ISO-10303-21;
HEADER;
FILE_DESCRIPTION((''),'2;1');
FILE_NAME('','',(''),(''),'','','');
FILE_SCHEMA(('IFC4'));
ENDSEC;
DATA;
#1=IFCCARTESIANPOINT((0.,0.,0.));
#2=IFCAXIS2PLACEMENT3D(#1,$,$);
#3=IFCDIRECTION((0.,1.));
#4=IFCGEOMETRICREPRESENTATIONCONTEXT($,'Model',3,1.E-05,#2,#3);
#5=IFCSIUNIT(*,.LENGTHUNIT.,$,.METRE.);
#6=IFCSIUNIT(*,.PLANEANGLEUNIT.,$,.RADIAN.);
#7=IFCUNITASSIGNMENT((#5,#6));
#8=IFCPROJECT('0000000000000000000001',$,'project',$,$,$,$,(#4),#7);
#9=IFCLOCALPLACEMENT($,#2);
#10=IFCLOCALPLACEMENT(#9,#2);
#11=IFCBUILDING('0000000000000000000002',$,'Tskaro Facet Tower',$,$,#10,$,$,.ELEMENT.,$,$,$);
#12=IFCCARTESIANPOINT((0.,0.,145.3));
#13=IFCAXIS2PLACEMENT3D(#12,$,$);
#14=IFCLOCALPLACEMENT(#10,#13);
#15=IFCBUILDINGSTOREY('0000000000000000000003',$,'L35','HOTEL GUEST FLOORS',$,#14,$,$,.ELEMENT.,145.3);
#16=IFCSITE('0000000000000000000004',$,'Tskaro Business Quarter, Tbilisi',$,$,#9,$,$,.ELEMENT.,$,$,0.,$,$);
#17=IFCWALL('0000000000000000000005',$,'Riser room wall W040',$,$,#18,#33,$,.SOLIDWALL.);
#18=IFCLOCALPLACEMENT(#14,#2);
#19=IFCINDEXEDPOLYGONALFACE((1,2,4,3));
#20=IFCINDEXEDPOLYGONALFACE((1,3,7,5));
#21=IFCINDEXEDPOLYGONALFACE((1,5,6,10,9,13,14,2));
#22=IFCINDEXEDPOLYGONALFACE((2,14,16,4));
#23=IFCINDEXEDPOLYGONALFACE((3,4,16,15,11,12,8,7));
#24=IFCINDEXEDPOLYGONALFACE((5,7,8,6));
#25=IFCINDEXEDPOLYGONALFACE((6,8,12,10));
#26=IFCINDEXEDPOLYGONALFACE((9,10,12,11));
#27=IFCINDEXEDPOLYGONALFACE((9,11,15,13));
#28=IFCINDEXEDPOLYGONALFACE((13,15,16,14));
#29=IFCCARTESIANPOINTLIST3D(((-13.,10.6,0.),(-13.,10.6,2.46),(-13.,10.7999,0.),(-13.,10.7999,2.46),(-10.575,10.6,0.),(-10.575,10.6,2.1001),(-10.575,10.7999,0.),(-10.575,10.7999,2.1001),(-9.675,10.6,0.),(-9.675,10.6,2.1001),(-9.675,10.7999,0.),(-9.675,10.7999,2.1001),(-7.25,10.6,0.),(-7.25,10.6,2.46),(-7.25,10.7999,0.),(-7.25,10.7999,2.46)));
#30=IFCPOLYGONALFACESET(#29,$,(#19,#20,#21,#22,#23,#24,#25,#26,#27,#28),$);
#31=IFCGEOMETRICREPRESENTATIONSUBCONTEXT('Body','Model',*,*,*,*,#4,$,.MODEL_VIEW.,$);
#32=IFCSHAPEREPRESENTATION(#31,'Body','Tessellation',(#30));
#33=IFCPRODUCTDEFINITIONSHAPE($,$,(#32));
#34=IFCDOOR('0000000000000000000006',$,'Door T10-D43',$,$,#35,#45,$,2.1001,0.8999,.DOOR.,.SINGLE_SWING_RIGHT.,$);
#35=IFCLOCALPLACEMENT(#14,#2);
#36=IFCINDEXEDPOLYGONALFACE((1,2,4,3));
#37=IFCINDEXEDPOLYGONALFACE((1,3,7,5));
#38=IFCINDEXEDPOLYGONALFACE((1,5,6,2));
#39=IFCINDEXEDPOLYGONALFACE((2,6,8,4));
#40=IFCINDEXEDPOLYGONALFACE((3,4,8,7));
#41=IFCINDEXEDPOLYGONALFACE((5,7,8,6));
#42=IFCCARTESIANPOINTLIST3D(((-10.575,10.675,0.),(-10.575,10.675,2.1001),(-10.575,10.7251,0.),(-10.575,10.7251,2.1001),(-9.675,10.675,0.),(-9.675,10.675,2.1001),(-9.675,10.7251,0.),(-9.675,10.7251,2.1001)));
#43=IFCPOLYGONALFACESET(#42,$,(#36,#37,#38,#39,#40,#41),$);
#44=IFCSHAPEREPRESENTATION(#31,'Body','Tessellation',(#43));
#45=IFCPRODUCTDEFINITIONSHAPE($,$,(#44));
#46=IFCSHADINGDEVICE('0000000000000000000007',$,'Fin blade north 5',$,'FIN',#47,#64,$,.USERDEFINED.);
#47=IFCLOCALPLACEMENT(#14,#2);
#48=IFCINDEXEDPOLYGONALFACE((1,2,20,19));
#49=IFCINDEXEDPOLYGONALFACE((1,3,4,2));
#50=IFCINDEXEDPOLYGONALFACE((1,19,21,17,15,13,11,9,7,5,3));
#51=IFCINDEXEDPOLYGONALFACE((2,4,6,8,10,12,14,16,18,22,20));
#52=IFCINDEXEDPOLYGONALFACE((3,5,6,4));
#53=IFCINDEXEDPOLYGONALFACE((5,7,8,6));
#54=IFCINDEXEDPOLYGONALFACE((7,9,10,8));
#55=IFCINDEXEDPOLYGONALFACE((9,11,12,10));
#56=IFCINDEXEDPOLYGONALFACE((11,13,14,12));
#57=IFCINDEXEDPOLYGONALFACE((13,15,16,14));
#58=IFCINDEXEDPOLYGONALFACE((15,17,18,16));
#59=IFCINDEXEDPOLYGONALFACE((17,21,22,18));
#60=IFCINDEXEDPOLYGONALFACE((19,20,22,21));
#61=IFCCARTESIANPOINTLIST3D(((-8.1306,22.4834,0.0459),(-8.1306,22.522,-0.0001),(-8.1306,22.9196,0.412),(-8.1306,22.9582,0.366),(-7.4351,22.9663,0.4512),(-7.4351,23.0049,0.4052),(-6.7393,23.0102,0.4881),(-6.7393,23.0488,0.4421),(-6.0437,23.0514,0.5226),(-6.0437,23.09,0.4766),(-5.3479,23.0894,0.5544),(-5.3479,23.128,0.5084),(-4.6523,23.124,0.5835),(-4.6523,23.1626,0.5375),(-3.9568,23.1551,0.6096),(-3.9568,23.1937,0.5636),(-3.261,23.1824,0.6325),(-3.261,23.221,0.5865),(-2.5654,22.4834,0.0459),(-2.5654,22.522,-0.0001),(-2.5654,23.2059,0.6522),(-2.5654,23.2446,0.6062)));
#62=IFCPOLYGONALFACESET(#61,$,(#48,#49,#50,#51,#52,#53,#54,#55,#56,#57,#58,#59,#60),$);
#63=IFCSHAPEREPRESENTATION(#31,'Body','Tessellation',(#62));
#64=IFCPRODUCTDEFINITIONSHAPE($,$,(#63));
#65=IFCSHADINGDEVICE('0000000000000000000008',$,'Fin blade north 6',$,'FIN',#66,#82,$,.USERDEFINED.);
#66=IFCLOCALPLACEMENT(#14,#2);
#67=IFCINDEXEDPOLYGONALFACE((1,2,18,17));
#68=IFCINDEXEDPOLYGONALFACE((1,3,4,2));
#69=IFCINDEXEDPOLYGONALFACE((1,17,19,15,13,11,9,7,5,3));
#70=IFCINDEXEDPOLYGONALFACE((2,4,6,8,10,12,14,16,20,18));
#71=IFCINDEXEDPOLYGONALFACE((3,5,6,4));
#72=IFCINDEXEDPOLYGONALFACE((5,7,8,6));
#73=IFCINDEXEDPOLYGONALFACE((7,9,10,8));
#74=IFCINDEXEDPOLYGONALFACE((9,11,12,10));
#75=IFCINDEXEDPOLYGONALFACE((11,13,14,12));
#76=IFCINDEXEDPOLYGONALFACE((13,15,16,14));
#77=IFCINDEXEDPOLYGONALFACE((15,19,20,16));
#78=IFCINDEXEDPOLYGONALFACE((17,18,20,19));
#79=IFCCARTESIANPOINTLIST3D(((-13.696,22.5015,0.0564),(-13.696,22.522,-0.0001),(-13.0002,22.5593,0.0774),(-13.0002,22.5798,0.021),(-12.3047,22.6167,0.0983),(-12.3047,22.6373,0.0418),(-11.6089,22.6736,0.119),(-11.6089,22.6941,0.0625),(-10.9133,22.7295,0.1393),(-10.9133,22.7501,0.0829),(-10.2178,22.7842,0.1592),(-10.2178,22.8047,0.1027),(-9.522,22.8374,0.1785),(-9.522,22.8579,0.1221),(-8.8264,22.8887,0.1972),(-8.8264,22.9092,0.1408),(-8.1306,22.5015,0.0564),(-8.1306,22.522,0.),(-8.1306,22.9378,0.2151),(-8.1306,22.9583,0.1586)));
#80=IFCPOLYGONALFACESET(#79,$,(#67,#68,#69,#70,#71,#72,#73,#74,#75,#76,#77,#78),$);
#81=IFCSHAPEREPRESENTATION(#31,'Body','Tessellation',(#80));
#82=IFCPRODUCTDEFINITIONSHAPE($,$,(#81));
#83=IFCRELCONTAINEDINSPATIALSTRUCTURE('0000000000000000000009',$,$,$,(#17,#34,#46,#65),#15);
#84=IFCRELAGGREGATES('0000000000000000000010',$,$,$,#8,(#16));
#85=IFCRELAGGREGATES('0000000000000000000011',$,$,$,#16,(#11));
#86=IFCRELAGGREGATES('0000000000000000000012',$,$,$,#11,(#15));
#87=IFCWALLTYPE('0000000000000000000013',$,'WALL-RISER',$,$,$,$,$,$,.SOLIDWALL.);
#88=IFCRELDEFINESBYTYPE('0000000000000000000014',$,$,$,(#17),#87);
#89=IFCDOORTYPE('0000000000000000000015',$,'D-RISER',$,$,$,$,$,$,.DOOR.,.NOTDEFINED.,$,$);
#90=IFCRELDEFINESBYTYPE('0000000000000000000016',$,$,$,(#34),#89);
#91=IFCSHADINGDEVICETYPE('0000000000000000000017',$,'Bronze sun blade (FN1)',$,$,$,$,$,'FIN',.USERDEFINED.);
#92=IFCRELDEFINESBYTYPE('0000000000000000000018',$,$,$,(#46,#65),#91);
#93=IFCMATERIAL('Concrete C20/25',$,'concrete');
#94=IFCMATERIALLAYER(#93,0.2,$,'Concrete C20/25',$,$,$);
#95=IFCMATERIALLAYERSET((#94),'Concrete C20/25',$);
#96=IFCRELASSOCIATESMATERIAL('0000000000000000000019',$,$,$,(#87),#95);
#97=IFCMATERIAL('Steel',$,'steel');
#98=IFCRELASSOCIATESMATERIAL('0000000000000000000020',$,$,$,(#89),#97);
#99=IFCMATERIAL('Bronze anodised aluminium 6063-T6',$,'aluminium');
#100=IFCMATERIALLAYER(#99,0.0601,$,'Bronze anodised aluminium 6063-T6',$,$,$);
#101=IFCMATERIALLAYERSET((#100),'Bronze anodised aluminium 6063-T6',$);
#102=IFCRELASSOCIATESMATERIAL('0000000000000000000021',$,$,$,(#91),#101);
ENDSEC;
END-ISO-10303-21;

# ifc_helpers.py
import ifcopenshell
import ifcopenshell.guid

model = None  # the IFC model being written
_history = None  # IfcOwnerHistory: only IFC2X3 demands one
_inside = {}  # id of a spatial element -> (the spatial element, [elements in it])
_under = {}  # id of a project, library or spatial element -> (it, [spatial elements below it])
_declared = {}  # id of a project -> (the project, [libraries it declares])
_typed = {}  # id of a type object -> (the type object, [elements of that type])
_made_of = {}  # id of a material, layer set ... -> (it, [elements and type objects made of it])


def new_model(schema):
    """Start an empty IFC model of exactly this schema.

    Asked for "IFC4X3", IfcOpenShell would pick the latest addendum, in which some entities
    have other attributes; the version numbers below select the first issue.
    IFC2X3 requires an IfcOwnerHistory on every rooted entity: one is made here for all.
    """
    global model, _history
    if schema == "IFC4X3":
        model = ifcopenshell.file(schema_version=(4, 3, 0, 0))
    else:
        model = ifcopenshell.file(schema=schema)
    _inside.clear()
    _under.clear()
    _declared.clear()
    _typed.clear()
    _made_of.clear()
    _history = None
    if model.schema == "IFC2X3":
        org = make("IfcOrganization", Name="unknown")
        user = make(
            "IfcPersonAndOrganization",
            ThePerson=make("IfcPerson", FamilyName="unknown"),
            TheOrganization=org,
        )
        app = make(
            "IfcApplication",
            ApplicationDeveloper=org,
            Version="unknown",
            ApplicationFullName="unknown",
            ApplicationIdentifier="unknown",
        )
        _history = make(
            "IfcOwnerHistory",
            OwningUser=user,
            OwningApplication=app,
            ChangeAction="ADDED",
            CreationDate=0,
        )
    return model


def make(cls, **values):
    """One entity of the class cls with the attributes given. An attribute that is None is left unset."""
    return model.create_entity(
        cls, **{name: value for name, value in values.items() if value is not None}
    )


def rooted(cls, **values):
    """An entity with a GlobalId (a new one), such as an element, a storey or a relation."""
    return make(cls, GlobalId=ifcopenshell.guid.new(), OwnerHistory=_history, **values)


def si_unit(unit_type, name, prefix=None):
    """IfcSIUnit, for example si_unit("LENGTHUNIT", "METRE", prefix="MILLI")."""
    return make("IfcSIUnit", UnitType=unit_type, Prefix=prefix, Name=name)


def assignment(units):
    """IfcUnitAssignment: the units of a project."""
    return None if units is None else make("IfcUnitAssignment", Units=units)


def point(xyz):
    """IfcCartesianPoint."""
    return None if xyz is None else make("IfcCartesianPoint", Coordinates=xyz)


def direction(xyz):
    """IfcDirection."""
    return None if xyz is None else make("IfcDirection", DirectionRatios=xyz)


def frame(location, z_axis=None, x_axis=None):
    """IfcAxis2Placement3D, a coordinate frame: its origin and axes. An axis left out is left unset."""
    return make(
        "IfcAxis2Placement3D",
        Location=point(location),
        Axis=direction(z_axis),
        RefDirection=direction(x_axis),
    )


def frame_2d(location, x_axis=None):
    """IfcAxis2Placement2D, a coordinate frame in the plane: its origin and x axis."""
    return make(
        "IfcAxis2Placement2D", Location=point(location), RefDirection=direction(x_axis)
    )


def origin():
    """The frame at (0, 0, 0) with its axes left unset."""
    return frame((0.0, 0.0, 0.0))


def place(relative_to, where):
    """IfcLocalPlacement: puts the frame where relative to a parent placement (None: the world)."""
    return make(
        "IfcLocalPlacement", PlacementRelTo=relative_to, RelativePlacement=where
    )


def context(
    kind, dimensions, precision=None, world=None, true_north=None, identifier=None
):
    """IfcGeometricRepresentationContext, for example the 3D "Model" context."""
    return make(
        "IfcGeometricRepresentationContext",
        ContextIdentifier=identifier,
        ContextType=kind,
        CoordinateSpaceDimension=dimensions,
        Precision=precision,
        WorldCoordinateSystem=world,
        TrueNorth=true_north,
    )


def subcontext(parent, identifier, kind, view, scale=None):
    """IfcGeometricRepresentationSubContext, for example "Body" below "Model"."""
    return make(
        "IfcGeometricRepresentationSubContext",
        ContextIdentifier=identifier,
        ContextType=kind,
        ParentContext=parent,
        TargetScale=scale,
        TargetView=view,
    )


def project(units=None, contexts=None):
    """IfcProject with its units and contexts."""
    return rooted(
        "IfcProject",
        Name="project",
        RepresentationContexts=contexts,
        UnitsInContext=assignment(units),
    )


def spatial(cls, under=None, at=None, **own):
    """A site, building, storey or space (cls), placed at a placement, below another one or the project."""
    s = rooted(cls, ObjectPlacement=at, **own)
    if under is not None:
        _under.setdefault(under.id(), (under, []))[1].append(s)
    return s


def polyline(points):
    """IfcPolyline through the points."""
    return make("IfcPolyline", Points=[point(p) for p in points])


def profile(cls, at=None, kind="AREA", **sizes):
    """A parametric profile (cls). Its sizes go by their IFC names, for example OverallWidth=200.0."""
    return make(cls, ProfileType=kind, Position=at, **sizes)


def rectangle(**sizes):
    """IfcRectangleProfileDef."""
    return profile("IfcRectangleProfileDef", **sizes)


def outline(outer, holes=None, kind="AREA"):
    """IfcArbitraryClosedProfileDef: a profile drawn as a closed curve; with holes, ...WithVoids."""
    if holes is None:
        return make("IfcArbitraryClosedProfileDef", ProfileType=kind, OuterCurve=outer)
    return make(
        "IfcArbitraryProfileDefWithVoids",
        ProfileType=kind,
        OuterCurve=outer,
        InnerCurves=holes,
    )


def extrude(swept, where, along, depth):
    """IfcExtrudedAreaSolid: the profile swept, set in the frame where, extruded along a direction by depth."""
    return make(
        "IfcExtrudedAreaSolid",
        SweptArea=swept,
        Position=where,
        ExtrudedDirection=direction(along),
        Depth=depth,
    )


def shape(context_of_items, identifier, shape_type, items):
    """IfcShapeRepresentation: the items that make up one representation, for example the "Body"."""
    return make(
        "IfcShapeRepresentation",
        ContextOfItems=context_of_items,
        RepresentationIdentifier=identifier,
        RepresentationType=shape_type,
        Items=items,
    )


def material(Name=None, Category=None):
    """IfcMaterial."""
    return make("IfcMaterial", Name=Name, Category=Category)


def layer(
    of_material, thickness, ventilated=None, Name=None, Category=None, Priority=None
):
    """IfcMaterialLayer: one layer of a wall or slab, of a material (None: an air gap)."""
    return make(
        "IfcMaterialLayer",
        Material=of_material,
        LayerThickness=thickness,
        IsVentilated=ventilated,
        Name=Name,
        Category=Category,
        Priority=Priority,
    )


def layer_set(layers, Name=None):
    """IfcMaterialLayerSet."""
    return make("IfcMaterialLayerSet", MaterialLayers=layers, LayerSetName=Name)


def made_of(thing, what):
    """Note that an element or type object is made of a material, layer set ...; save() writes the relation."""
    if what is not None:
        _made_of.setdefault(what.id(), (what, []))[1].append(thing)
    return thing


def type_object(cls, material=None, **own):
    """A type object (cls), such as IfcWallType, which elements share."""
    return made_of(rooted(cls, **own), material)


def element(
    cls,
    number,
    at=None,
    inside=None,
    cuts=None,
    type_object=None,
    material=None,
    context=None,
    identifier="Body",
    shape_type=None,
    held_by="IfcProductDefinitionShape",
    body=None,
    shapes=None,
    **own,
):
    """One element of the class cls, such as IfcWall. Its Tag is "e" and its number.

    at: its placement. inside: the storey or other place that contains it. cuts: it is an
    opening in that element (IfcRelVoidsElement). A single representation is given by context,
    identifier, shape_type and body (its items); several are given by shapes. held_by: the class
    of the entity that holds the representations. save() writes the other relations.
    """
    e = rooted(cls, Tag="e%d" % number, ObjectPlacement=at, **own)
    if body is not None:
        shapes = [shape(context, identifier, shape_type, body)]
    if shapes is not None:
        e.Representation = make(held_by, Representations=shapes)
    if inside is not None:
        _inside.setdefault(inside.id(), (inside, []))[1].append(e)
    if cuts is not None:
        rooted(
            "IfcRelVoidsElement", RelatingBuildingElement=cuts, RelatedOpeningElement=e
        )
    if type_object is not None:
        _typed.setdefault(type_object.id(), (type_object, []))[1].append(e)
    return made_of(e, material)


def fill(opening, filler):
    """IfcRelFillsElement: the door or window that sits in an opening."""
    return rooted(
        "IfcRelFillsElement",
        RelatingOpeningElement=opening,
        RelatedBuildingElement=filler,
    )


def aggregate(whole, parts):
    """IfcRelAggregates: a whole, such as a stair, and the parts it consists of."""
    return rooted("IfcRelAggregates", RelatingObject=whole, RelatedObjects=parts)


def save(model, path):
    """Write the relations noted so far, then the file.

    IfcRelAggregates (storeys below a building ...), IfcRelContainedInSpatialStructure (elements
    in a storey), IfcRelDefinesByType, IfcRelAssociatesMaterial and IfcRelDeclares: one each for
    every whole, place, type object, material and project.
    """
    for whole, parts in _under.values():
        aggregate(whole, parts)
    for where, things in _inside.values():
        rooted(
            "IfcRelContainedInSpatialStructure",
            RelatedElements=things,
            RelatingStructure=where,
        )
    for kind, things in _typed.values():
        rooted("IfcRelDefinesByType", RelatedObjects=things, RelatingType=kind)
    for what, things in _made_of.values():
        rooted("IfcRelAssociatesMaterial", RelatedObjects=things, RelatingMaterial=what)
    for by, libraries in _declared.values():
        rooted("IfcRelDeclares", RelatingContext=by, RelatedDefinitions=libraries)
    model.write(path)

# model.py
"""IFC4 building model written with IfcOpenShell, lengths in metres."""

from ifc_helpers import new_model, si_unit, direction, frame, frame_2d, origin, place, context, subcontext, project, spatial, polyline, rectangle, outline, extrude, material, layer, layer_set, type_object, element, fill, save


model = new_model("IFC4")

# Units and contexts
model_context = context("Model", 3, precision=1e-05, world=origin(), true_north=direction((0.0, 1.0)))
body_context = subcontext(model_context, "Body", "Model", "MODEL_VIEW")
ifc_project = project(units=[si_unit("LENGTHUNIT", "METRE"), si_unit("PLANEANGLEUNIT", "RADIAN")], contexts=[model_context])

# Site, building, storey
site_placement = place(None, origin())
site = spatial("IfcSite", under=ifc_project, at=site_placement, Name="Tskaro Business Quarter, Tbilisi", CompositionType="ELEMENT", RefElevation=0.0)
building_placement = place(site_placement, origin())
building = spatial("IfcBuilding", under=site, at=building_placement, Name="Tskaro Facet Tower", CompositionType="ELEMENT")
storey_placement = place(building_placement, frame((0.0, 0.0, 145.3)))
storey = spatial("IfcBuildingStorey", under=building, at=storey_placement, Name="L35", Description="HOTEL GUEST FLOORS", CompositionType="ELEMENT", Elevation=145.3)

# Shared definitions
ifc_material_1 = material(Name="Bronze anodised aluminium 6063-T6", Category="aluminium")

# Wall, opening, door
ifc_material_2 = material(Name="Concrete C20/25", Category="concrete")
ifc_layer_1 = layer(ifc_material_2, 0.2, Name="Concrete C20/25")
ifc_layer_set_1 = layer_set([ifc_layer_1], Name="Concrete C20/25")
wall_type_1 = type_object("IfcWallType", Name="WALL-RISER", PredefinedType="SOLIDWALL", material=ifc_layer_set_1)
wall_1_placement = place(storey_placement, frame((-7.25, 10.7, 0.0), z_axis=(0.0, 0.0, 1.0), x_axis=(-1.0, 0.0, 0.0)))
wall_1 = element("IfcWall", 1, at=wall_1_placement, inside=storey, type_object=wall_type_1, Name="Riser room wall W040", PredefinedType="SOLIDWALL", context=body_context, shape_type="SweptSolid", body=[
    extrude(rectangle(XDim=5.75, YDim=0.2, at=frame_2d((2.875, 0.0))), origin(), (0.0, 0.0, 1.0), 2.46),
])
opening_1_placement = place(wall_1_placement, frame((2.425, 0.0, 0.0)))
opening_1 = element("IfcOpeningElement", 2, at=opening_1_placement, cuts=wall_1, PredefinedType="OPENING", context=body_context, shape_type="SweptSolid", body=[
    extrude(rectangle(XDim=0.8999, YDim=2.1001, at=frame_2d((0.45, 1.05))), frame((0.0, 0.1099, 0.0), z_axis=(0.0, -1.0, 0.0), x_axis=(1.0, 0.0, 0.0)), (0.0, 0.0, 1.0), 0.22),
])
ifc_material_3 = material(Name="Steel", Category="steel")
door_type_1 = type_object("IfcDoorType", Name="D-RISER", OperationType="NOTDEFINED", PredefinedType="DOOR", material=ifc_material_3)
door_1_placement = place(opening_1_placement, origin())
door_1 = element("IfcDoor", 3, at=door_1_placement, inside=storey, type_object=door_type_1, Name="Door T10-D43", OperationType="SINGLE_SWING_RIGHT", OverallHeight=2.1001, OverallWidth=0.8999, PredefinedType="DOOR", context=body_context, shape_type="SweptSolid", body=[
    extrude(rectangle(XDim=0.8999, YDim=2.1001, at=frame_2d((0.45, 1.05))), frame((0.0, 0.0249, 0.0), z_axis=(0.0, -1.0, 0.0), x_axis=(1.0, 0.0, 0.0)), (0.0, 0.0, 1.0), 0.05),
])
fill(opening_1, door_1)

# Shading devices
ifc_layer_2 = layer(ifc_material_1, 0.0601, Name="Bronze anodised aluminium 6063-T6")
ifc_layer_set_2 = layer_set([ifc_layer_2], Name="Bronze anodised aluminium 6063-T6")
shading_device_type = type_object("IfcShadingDeviceType", Name="Bronze sun blade (FN1)", ElementType="FIN", PredefinedType="USERDEFINED", material=ifc_layer_set_2)
shading_device_1_placement = place(storey_placement, frame((-2.5654, 22.4834, 0.0459), z_axis=(0.000011, -0.642814, 0.766022), x_axis=(-1.0, -0.000007, 0.000008)))
element("IfcShadingDevice", 4, at=shading_device_1_placement, inside=storey, type_object=shading_device_type, Name="Fin blade north 5", ObjectType="FIN", PredefinedType="USERDEFINED", context=body_context, shape_type="SweptSolid", body=[
    extrude(outline(polyline([(0.0, 0.0), (5.5652, 0.0), (5.5652, -0.5694), (4.8696, -0.6304), (4.1738, -0.6878), (3.4783, -0.7415), (2.7825, -0.7911), (2.0869, -0.8363), (1.3914, -0.8769), (0.6956, -0.9125), (0.0, -0.9432), (0.0, 0.0)])), origin(), (0.0, 0.0, -1.0), 0.0601),
])
shading_device_2_placement = place(storey_placement, frame((-8.1306, 22.5015, 0.0564), z_axis=(-0.000007, -0.341753, 0.93979), x_axis=(-1.0, 0.000002, -0.000006)))
element("IfcShadingDevice", 5, at=shading_device_2_placement, inside=storey, type_object=shading_device_type, Name="Fin blade north 6", ObjectType="FIN", PredefinedType="USERDEFINED", context=body_context, shape_type="SweptSolid", body=[
    extrude(outline(polyline([(0.0, 0.0), (5.5654, 0.0), (4.8696, -0.0616), (4.1741, -0.1226), (3.4783, -0.1831), (2.7827, -0.2427), (2.0872, -0.3008), (1.3914, -0.3574), (0.6958, -0.412), (0.0, -0.4642), (0.0, 0.0)])), origin(), (0.0, 0.0, -1.0), 0.0601),
])

save(model, "model.ifc")
